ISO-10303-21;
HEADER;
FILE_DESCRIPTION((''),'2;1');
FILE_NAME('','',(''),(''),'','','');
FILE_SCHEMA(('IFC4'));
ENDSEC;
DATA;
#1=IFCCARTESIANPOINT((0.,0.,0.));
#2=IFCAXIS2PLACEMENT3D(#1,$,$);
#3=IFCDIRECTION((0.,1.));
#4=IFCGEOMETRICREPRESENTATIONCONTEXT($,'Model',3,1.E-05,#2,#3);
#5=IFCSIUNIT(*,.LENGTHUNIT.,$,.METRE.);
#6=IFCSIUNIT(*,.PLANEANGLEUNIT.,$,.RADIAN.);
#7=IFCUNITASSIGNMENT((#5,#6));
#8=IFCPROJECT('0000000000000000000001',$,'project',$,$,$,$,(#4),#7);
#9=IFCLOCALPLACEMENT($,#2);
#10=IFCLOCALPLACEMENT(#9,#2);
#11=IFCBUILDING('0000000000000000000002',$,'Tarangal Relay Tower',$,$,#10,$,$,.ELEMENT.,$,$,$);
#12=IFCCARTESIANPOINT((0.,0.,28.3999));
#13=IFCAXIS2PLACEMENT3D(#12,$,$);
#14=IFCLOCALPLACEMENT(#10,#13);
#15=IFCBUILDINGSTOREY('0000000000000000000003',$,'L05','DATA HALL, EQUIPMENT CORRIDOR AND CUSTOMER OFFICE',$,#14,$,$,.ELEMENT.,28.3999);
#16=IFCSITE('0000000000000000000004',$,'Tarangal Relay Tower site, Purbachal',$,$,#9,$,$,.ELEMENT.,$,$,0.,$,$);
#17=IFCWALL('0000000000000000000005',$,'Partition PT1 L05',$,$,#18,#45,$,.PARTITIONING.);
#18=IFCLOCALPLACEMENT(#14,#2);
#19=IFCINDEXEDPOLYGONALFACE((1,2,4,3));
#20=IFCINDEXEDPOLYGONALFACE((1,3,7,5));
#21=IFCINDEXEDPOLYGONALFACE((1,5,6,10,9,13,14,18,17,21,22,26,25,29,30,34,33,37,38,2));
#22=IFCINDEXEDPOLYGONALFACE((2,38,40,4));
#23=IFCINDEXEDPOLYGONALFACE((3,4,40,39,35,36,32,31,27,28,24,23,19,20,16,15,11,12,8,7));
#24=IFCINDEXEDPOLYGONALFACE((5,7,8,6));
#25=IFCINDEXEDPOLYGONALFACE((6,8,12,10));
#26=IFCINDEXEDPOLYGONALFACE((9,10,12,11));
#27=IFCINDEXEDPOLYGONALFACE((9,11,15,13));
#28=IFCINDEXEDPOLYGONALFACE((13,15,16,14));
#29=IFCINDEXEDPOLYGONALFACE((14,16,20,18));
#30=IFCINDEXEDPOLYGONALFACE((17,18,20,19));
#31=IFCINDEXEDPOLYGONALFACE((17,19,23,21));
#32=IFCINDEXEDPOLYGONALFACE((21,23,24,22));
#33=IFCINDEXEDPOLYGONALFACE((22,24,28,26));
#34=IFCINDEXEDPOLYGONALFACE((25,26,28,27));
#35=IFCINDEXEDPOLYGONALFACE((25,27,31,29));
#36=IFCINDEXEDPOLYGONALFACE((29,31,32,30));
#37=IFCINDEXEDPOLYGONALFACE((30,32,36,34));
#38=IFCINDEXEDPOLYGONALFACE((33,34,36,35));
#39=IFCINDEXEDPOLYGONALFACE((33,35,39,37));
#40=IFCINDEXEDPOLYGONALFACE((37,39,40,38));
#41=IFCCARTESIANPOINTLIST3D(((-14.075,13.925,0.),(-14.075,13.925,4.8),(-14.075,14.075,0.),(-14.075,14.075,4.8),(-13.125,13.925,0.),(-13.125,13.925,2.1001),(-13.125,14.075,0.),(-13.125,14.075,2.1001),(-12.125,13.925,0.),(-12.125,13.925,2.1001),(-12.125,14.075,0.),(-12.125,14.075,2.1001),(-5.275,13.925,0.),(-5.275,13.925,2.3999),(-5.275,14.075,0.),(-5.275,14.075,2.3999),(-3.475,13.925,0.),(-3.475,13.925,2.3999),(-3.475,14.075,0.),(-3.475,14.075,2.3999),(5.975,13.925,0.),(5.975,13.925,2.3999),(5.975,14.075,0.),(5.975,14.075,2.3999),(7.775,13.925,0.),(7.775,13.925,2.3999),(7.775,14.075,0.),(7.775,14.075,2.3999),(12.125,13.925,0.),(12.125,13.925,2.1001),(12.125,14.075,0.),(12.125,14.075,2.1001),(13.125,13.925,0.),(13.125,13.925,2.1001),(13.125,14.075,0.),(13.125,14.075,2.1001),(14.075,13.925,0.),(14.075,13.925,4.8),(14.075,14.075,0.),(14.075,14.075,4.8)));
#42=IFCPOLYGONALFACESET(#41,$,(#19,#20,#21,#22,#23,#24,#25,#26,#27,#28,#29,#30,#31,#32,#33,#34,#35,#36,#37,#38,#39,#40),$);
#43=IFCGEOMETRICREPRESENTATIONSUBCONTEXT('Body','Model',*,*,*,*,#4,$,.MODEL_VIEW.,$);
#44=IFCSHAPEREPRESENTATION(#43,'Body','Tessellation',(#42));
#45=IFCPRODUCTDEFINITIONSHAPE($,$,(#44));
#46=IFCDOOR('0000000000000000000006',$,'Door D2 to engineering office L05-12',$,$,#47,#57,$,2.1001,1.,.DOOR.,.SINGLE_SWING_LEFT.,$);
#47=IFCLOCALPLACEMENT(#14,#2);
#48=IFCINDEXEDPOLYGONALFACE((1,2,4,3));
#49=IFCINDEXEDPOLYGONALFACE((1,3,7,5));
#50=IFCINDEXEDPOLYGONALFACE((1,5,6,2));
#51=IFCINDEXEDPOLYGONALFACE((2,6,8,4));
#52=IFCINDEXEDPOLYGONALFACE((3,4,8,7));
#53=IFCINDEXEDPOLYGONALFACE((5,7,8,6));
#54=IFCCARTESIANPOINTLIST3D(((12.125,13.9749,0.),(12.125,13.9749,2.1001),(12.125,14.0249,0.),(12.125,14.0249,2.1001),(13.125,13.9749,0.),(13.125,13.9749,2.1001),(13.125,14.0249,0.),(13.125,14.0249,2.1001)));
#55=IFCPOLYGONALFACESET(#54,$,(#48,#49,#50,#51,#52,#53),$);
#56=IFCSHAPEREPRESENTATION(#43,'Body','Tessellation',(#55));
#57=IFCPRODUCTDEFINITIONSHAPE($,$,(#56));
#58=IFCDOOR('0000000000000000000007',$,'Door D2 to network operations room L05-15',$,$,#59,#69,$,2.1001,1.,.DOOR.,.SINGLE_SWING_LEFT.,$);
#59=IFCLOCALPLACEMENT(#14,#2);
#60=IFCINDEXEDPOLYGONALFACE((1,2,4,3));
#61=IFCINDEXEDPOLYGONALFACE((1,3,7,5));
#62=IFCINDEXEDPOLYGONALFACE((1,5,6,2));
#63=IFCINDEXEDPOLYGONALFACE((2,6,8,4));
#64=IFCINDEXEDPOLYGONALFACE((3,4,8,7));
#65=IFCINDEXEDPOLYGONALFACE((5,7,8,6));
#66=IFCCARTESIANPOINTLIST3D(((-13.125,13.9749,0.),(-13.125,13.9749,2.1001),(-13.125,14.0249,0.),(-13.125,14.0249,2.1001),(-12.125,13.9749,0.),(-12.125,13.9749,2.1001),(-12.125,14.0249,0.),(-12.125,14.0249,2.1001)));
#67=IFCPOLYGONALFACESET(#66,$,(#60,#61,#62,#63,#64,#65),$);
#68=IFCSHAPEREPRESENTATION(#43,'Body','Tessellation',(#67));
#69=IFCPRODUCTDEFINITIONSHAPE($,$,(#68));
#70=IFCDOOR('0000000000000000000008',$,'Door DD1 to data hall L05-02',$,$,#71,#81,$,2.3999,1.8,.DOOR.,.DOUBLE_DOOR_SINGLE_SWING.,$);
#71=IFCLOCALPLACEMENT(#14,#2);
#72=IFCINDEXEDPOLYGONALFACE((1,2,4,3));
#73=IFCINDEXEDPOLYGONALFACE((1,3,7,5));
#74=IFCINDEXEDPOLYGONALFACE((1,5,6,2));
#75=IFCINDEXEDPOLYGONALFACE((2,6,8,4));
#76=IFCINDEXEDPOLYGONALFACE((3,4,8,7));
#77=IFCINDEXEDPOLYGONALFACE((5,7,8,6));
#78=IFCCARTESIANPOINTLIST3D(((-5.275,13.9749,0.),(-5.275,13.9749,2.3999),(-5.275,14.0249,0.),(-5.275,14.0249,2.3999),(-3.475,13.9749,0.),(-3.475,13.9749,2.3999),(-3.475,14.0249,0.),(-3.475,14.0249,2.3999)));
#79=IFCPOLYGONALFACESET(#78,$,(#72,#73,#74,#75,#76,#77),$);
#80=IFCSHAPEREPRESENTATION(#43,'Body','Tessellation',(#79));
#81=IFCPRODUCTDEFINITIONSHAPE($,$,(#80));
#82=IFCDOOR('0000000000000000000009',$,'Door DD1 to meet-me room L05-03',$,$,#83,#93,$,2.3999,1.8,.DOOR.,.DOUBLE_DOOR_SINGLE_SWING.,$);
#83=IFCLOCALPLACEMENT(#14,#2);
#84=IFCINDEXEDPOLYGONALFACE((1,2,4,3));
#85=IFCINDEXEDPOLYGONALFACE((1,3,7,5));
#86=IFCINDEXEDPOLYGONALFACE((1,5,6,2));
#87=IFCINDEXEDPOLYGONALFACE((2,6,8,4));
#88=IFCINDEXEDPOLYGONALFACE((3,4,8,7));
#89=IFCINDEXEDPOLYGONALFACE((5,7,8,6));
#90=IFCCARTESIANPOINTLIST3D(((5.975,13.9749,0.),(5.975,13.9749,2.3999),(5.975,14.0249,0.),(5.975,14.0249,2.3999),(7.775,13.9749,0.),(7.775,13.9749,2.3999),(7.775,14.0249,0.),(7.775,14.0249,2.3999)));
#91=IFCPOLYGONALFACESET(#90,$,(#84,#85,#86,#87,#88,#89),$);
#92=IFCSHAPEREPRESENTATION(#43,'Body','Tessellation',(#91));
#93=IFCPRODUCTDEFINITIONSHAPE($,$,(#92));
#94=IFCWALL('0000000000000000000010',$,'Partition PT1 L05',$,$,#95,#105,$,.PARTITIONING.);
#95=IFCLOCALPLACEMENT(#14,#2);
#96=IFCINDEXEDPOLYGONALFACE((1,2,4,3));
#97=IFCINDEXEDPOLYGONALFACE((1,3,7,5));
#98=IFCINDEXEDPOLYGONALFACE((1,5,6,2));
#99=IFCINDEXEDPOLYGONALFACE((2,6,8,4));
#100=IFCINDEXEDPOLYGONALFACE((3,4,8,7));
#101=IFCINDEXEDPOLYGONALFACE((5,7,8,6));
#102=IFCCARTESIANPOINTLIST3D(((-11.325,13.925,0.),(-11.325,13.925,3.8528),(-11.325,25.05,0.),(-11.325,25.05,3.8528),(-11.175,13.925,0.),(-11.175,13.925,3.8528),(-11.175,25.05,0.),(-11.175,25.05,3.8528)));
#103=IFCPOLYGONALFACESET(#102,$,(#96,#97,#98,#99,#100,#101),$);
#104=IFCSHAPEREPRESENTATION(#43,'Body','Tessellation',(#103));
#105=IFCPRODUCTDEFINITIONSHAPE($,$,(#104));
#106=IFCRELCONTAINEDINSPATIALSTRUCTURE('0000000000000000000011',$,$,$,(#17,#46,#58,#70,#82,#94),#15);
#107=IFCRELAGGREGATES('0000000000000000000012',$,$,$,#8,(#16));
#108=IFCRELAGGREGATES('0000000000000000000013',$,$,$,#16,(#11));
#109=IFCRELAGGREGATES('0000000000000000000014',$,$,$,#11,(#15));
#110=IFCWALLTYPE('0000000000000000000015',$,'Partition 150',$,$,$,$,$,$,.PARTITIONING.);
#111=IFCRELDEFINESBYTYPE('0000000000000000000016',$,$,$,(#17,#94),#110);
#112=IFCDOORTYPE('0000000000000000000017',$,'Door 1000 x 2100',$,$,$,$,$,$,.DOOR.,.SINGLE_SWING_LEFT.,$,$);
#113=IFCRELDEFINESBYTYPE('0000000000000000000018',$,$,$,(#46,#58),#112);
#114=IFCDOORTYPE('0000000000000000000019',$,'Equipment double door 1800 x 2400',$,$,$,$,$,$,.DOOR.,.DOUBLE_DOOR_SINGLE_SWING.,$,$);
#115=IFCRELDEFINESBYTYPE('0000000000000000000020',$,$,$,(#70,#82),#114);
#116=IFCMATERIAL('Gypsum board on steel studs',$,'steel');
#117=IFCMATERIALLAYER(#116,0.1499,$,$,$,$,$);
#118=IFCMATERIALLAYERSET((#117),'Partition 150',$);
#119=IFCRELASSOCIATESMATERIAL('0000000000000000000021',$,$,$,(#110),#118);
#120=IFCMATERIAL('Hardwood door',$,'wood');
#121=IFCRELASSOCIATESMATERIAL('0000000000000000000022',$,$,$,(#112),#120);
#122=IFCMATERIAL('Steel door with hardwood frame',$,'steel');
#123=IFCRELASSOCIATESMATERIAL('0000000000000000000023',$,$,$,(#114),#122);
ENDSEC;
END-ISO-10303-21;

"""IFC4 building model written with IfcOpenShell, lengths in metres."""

from ifc_helpers import new_model, si_unit, direction, frame, frame_2d, origin, place, context, subcontext, project, spatial, rectangle, extrude, material, layer, layer_set, type_object, element, fill, save


model = new_model("IFC4")

# Units and contexts
model_context = context("Model", 3, precision=1e-05, world=origin(), true_north=direction((0.0, 1.0)))
body_context = subcontext(model_context, "Body", "Model", "MODEL_VIEW")
ifc_project = project(units=[si_unit("LENGTHUNIT", "METRE"), si_unit("PLANEANGLEUNIT", "RADIAN")], contexts=[model_context])

# Site, building, storey
site_placement = place(None, origin())
site = spatial("IfcSite", under=ifc_project, at=site_placement, Name="Tarangal Relay Tower site, Purbachal", CompositionType="ELEMENT", RefElevation=0.0)
building_placement = place(site_placement, origin())
building = spatial("IfcBuilding", under=site, at=building_placement, Name="Tarangal Relay Tower", CompositionType="ELEMENT")
storey_placement = place(building_placement, frame((0.0, 0.0, 28.3999)))
storey = spatial("IfcBuildingStorey", under=building, at=storey_placement, Name="L05", Description="DATA HALL, EQUIPMENT CORRIDOR AND CUSTOMER OFFICE", CompositionType="ELEMENT", Elevation=28.3999)

# Wall, openings, doors
ifc_material_1 = material(Name="Gypsum board on steel studs", Category="steel")
ifc_layer_1 = layer(ifc_material_1, 0.1499)
ifc_layer_set_1 = layer_set([ifc_layer_1], Name="Partition 150")
wall_type_1 = type_object("IfcWallType", Name="Partition 150", PredefinedType="PARTITIONING", material=ifc_layer_set_1)
wall_1_placement = place(storey_placement, frame((-14.075, 14.0, 0.0), z_axis=(0.0, 0.0, 1.0), x_axis=(1.0, 0.0, 0.0)))
wall_1 = element("IfcWall", 1, at=wall_1_placement, inside=storey, type_object=wall_type_1, Name="Partition PT1 L05", PredefinedType="PARTITIONING", context=body_context, shape_type="SweptSolid", body=[
    extrude(rectangle(XDim=28.1499, YDim=0.1499, at=frame_2d((14.075, 0.0))), origin(), (0.0, 0.0, 1.0), 4.8),
])
opening_1_placement = place(wall_1_placement, frame((8.8, 0.0, 0.0)))
opening_1 = element("IfcOpeningElement", 2, at=opening_1_placement, cuts=wall_1, PredefinedType="OPENING", context=body_context, shape_type="SweptSolid", body=[
    extrude(rectangle(XDim=1.8, YDim=2.3999, at=frame_2d((0.8999, 1.2))), frame((0.0, 0.085, 0.0), z_axis=(0.0, -1.0, 0.0), x_axis=(1.0, 0.0, 0.0)), (0.0, 0.0, 1.0), 0.1699),
])
opening_2_placement = place(wall_1_placement, frame((20.05, 0.0, 0.0)))
opening_2 = element("IfcOpeningElement", 3, at=opening_2_placement, cuts=wall_1, PredefinedType="OPENING", context=body_context, shape_type="SweptSolid", body=[
    extrude(rectangle(XDim=1.8, YDim=2.3999, at=frame_2d((0.8999, 1.2))), frame((0.0, 0.085, 0.0), z_axis=(0.0, -1.0, 0.0), x_axis=(1.0, 0.0, 0.0)), (0.0, 0.0, 1.0), 0.1699),
])
opening_3_placement = place(wall_1_placement, frame((26.2, 0.0, 0.0)))
opening_3 = element("IfcOpeningElement", 4, at=opening_3_placement, cuts=wall_1, PredefinedType="OPENING", context=body_context, shape_type="SweptSolid", body=[
    extrude(rectangle(XDim=1.0, YDim=2.1001, at=frame_2d((0.5, 1.05))), frame((0.0, 0.085, 0.0), z_axis=(0.0, -1.0, 0.0), x_axis=(1.0, 0.0, 0.0)), (0.0, 0.0, 1.0), 0.1699),
])
opening_4_placement = place(wall_1_placement, frame((0.95, 0.0, 0.0)))
opening_4 = element("IfcOpeningElement", 5, at=opening_4_placement, cuts=wall_1, PredefinedType="OPENING", context=body_context, shape_type="SweptSolid", body=[
    extrude(rectangle(XDim=1.0, YDim=2.1001, at=frame_2d((0.5, 1.05))), frame((0.0, 0.085, 0.0), z_axis=(0.0, -1.0, 0.0), x_axis=(1.0, 0.0, 0.0)), (0.0, 0.0, 1.0), 0.1699),
])
ifc_material_2 = material(Name="Hardwood door", Category="wood")
door_type_1 = type_object("IfcDoorType", Name="Door 1000 x 2100", OperationType="SINGLE_SWING_LEFT", PredefinedType="DOOR", material=ifc_material_2)
door_1_placement = place(opening_3_placement, origin())
door_1 = element("IfcDoor", 6, at=door_1_placement, inside=storey, type_object=door_type_1, Name="Door D2 to engineering office L05-12", OperationType="SINGLE_SWING_LEFT", OverallHeight=2.1001, OverallWidth=1.0, PredefinedType="DOOR", context=body_context, shape_type="SweptSolid", body=[
    extrude(rectangle(XDim=1.0, YDim=2.1001, at=frame_2d((0.5, 1.05))), frame((0.0, 0.0249, 0.0), z_axis=(0.0, -1.0, 0.0), x_axis=(1.0, 0.0, 0.0)), (0.0, 0.0, 1.0), 0.05),
])
fill(opening_3, door_1)
door_2_placement = place(opening_4_placement, origin())
door_2 = element("IfcDoor", 7, at=door_2_placement, inside=storey, type_object=door_type_1, Name="Door D2 to network operations room L05-15", OperationType="SINGLE_SWING_LEFT", OverallHeight=2.1001, OverallWidth=1.0, PredefinedType="DOOR", context=body_context, shape_type="SweptSolid", body=[
    extrude(rectangle(XDim=1.0, YDim=2.1001, at=frame_2d((0.5, 1.05))), frame((0.0, 0.0249, 0.0), z_axis=(0.0, -1.0, 0.0), x_axis=(1.0, 0.0, 0.0)), (0.0, 0.0, 1.0), 0.05),
])
fill(opening_4, door_2)
ifc_material_3 = material(Name="Steel door with hardwood frame", Category="steel")
door_type_2 = type_object("IfcDoorType", Name="Equipment double door 1800 x 2400", OperationType="DOUBLE_DOOR_SINGLE_SWING", PredefinedType="DOOR", material=ifc_material_3)
door_3_placement = place(opening_1_placement, origin())
door_3 = element("IfcDoor", 8, at=door_3_placement, inside=storey, type_object=door_type_2, Name="Door DD1 to data hall L05-02", OperationType="DOUBLE_DOOR_SINGLE_SWING", OverallHeight=2.3999, OverallWidth=1.8, PredefinedType="DOOR", context=body_context, shape_type="SweptSolid", body=[
    extrude(rectangle(XDim=1.8, YDim=2.3999, at=frame_2d((0.8999, 1.2))), frame((0.0, 0.0249, 0.0), z_axis=(0.0, -1.0, 0.0), x_axis=(1.0, 0.0, 0.0)), (0.0, 0.0, 1.0), 0.05),
])
fill(opening_1, door_3)
door_4_placement = place(opening_2_placement, origin())
door_4 = element("IfcDoor", 9, at=door_4_placement, inside=storey, type_object=door_type_2, Name="Door DD1 to meet-me room L05-03", OperationType="DOUBLE_DOOR_SINGLE_SWING", OverallHeight=2.3999, OverallWidth=1.8, PredefinedType="DOOR", context=body_context, shape_type="SweptSolid", body=[
    extrude(rectangle(XDim=1.8, YDim=2.3999, at=frame_2d((0.8999, 1.2))), frame((0.0, 0.0249, 0.0), z_axis=(0.0, -1.0, 0.0), x_axis=(1.0, 0.0, 0.0)), (0.0, 0.0, 1.0), 0.05),
])
fill(opening_2, door_4)

# Wall
wall_2_placement = place(storey_placement, frame((-11.25, 13.925, 0.0), z_axis=(0.0, 0.0, 1.0), x_axis=(0.0, 1.0, 0.0)))
element("IfcWall", 10, at=wall_2_placement, inside=storey, type_object=wall_type_1, Name="Partition PT1 L05", PredefinedType="PARTITIONING", context=body_context, shape_type="SweptSolid", body=[
    extrude(rectangle(XDim=11.125, YDim=0.1499, at=frame_2d((5.5625, 0.0))), origin(), (0.0, 0.0, 1.0), 3.8528),
])

save(model, "model.ifc")
